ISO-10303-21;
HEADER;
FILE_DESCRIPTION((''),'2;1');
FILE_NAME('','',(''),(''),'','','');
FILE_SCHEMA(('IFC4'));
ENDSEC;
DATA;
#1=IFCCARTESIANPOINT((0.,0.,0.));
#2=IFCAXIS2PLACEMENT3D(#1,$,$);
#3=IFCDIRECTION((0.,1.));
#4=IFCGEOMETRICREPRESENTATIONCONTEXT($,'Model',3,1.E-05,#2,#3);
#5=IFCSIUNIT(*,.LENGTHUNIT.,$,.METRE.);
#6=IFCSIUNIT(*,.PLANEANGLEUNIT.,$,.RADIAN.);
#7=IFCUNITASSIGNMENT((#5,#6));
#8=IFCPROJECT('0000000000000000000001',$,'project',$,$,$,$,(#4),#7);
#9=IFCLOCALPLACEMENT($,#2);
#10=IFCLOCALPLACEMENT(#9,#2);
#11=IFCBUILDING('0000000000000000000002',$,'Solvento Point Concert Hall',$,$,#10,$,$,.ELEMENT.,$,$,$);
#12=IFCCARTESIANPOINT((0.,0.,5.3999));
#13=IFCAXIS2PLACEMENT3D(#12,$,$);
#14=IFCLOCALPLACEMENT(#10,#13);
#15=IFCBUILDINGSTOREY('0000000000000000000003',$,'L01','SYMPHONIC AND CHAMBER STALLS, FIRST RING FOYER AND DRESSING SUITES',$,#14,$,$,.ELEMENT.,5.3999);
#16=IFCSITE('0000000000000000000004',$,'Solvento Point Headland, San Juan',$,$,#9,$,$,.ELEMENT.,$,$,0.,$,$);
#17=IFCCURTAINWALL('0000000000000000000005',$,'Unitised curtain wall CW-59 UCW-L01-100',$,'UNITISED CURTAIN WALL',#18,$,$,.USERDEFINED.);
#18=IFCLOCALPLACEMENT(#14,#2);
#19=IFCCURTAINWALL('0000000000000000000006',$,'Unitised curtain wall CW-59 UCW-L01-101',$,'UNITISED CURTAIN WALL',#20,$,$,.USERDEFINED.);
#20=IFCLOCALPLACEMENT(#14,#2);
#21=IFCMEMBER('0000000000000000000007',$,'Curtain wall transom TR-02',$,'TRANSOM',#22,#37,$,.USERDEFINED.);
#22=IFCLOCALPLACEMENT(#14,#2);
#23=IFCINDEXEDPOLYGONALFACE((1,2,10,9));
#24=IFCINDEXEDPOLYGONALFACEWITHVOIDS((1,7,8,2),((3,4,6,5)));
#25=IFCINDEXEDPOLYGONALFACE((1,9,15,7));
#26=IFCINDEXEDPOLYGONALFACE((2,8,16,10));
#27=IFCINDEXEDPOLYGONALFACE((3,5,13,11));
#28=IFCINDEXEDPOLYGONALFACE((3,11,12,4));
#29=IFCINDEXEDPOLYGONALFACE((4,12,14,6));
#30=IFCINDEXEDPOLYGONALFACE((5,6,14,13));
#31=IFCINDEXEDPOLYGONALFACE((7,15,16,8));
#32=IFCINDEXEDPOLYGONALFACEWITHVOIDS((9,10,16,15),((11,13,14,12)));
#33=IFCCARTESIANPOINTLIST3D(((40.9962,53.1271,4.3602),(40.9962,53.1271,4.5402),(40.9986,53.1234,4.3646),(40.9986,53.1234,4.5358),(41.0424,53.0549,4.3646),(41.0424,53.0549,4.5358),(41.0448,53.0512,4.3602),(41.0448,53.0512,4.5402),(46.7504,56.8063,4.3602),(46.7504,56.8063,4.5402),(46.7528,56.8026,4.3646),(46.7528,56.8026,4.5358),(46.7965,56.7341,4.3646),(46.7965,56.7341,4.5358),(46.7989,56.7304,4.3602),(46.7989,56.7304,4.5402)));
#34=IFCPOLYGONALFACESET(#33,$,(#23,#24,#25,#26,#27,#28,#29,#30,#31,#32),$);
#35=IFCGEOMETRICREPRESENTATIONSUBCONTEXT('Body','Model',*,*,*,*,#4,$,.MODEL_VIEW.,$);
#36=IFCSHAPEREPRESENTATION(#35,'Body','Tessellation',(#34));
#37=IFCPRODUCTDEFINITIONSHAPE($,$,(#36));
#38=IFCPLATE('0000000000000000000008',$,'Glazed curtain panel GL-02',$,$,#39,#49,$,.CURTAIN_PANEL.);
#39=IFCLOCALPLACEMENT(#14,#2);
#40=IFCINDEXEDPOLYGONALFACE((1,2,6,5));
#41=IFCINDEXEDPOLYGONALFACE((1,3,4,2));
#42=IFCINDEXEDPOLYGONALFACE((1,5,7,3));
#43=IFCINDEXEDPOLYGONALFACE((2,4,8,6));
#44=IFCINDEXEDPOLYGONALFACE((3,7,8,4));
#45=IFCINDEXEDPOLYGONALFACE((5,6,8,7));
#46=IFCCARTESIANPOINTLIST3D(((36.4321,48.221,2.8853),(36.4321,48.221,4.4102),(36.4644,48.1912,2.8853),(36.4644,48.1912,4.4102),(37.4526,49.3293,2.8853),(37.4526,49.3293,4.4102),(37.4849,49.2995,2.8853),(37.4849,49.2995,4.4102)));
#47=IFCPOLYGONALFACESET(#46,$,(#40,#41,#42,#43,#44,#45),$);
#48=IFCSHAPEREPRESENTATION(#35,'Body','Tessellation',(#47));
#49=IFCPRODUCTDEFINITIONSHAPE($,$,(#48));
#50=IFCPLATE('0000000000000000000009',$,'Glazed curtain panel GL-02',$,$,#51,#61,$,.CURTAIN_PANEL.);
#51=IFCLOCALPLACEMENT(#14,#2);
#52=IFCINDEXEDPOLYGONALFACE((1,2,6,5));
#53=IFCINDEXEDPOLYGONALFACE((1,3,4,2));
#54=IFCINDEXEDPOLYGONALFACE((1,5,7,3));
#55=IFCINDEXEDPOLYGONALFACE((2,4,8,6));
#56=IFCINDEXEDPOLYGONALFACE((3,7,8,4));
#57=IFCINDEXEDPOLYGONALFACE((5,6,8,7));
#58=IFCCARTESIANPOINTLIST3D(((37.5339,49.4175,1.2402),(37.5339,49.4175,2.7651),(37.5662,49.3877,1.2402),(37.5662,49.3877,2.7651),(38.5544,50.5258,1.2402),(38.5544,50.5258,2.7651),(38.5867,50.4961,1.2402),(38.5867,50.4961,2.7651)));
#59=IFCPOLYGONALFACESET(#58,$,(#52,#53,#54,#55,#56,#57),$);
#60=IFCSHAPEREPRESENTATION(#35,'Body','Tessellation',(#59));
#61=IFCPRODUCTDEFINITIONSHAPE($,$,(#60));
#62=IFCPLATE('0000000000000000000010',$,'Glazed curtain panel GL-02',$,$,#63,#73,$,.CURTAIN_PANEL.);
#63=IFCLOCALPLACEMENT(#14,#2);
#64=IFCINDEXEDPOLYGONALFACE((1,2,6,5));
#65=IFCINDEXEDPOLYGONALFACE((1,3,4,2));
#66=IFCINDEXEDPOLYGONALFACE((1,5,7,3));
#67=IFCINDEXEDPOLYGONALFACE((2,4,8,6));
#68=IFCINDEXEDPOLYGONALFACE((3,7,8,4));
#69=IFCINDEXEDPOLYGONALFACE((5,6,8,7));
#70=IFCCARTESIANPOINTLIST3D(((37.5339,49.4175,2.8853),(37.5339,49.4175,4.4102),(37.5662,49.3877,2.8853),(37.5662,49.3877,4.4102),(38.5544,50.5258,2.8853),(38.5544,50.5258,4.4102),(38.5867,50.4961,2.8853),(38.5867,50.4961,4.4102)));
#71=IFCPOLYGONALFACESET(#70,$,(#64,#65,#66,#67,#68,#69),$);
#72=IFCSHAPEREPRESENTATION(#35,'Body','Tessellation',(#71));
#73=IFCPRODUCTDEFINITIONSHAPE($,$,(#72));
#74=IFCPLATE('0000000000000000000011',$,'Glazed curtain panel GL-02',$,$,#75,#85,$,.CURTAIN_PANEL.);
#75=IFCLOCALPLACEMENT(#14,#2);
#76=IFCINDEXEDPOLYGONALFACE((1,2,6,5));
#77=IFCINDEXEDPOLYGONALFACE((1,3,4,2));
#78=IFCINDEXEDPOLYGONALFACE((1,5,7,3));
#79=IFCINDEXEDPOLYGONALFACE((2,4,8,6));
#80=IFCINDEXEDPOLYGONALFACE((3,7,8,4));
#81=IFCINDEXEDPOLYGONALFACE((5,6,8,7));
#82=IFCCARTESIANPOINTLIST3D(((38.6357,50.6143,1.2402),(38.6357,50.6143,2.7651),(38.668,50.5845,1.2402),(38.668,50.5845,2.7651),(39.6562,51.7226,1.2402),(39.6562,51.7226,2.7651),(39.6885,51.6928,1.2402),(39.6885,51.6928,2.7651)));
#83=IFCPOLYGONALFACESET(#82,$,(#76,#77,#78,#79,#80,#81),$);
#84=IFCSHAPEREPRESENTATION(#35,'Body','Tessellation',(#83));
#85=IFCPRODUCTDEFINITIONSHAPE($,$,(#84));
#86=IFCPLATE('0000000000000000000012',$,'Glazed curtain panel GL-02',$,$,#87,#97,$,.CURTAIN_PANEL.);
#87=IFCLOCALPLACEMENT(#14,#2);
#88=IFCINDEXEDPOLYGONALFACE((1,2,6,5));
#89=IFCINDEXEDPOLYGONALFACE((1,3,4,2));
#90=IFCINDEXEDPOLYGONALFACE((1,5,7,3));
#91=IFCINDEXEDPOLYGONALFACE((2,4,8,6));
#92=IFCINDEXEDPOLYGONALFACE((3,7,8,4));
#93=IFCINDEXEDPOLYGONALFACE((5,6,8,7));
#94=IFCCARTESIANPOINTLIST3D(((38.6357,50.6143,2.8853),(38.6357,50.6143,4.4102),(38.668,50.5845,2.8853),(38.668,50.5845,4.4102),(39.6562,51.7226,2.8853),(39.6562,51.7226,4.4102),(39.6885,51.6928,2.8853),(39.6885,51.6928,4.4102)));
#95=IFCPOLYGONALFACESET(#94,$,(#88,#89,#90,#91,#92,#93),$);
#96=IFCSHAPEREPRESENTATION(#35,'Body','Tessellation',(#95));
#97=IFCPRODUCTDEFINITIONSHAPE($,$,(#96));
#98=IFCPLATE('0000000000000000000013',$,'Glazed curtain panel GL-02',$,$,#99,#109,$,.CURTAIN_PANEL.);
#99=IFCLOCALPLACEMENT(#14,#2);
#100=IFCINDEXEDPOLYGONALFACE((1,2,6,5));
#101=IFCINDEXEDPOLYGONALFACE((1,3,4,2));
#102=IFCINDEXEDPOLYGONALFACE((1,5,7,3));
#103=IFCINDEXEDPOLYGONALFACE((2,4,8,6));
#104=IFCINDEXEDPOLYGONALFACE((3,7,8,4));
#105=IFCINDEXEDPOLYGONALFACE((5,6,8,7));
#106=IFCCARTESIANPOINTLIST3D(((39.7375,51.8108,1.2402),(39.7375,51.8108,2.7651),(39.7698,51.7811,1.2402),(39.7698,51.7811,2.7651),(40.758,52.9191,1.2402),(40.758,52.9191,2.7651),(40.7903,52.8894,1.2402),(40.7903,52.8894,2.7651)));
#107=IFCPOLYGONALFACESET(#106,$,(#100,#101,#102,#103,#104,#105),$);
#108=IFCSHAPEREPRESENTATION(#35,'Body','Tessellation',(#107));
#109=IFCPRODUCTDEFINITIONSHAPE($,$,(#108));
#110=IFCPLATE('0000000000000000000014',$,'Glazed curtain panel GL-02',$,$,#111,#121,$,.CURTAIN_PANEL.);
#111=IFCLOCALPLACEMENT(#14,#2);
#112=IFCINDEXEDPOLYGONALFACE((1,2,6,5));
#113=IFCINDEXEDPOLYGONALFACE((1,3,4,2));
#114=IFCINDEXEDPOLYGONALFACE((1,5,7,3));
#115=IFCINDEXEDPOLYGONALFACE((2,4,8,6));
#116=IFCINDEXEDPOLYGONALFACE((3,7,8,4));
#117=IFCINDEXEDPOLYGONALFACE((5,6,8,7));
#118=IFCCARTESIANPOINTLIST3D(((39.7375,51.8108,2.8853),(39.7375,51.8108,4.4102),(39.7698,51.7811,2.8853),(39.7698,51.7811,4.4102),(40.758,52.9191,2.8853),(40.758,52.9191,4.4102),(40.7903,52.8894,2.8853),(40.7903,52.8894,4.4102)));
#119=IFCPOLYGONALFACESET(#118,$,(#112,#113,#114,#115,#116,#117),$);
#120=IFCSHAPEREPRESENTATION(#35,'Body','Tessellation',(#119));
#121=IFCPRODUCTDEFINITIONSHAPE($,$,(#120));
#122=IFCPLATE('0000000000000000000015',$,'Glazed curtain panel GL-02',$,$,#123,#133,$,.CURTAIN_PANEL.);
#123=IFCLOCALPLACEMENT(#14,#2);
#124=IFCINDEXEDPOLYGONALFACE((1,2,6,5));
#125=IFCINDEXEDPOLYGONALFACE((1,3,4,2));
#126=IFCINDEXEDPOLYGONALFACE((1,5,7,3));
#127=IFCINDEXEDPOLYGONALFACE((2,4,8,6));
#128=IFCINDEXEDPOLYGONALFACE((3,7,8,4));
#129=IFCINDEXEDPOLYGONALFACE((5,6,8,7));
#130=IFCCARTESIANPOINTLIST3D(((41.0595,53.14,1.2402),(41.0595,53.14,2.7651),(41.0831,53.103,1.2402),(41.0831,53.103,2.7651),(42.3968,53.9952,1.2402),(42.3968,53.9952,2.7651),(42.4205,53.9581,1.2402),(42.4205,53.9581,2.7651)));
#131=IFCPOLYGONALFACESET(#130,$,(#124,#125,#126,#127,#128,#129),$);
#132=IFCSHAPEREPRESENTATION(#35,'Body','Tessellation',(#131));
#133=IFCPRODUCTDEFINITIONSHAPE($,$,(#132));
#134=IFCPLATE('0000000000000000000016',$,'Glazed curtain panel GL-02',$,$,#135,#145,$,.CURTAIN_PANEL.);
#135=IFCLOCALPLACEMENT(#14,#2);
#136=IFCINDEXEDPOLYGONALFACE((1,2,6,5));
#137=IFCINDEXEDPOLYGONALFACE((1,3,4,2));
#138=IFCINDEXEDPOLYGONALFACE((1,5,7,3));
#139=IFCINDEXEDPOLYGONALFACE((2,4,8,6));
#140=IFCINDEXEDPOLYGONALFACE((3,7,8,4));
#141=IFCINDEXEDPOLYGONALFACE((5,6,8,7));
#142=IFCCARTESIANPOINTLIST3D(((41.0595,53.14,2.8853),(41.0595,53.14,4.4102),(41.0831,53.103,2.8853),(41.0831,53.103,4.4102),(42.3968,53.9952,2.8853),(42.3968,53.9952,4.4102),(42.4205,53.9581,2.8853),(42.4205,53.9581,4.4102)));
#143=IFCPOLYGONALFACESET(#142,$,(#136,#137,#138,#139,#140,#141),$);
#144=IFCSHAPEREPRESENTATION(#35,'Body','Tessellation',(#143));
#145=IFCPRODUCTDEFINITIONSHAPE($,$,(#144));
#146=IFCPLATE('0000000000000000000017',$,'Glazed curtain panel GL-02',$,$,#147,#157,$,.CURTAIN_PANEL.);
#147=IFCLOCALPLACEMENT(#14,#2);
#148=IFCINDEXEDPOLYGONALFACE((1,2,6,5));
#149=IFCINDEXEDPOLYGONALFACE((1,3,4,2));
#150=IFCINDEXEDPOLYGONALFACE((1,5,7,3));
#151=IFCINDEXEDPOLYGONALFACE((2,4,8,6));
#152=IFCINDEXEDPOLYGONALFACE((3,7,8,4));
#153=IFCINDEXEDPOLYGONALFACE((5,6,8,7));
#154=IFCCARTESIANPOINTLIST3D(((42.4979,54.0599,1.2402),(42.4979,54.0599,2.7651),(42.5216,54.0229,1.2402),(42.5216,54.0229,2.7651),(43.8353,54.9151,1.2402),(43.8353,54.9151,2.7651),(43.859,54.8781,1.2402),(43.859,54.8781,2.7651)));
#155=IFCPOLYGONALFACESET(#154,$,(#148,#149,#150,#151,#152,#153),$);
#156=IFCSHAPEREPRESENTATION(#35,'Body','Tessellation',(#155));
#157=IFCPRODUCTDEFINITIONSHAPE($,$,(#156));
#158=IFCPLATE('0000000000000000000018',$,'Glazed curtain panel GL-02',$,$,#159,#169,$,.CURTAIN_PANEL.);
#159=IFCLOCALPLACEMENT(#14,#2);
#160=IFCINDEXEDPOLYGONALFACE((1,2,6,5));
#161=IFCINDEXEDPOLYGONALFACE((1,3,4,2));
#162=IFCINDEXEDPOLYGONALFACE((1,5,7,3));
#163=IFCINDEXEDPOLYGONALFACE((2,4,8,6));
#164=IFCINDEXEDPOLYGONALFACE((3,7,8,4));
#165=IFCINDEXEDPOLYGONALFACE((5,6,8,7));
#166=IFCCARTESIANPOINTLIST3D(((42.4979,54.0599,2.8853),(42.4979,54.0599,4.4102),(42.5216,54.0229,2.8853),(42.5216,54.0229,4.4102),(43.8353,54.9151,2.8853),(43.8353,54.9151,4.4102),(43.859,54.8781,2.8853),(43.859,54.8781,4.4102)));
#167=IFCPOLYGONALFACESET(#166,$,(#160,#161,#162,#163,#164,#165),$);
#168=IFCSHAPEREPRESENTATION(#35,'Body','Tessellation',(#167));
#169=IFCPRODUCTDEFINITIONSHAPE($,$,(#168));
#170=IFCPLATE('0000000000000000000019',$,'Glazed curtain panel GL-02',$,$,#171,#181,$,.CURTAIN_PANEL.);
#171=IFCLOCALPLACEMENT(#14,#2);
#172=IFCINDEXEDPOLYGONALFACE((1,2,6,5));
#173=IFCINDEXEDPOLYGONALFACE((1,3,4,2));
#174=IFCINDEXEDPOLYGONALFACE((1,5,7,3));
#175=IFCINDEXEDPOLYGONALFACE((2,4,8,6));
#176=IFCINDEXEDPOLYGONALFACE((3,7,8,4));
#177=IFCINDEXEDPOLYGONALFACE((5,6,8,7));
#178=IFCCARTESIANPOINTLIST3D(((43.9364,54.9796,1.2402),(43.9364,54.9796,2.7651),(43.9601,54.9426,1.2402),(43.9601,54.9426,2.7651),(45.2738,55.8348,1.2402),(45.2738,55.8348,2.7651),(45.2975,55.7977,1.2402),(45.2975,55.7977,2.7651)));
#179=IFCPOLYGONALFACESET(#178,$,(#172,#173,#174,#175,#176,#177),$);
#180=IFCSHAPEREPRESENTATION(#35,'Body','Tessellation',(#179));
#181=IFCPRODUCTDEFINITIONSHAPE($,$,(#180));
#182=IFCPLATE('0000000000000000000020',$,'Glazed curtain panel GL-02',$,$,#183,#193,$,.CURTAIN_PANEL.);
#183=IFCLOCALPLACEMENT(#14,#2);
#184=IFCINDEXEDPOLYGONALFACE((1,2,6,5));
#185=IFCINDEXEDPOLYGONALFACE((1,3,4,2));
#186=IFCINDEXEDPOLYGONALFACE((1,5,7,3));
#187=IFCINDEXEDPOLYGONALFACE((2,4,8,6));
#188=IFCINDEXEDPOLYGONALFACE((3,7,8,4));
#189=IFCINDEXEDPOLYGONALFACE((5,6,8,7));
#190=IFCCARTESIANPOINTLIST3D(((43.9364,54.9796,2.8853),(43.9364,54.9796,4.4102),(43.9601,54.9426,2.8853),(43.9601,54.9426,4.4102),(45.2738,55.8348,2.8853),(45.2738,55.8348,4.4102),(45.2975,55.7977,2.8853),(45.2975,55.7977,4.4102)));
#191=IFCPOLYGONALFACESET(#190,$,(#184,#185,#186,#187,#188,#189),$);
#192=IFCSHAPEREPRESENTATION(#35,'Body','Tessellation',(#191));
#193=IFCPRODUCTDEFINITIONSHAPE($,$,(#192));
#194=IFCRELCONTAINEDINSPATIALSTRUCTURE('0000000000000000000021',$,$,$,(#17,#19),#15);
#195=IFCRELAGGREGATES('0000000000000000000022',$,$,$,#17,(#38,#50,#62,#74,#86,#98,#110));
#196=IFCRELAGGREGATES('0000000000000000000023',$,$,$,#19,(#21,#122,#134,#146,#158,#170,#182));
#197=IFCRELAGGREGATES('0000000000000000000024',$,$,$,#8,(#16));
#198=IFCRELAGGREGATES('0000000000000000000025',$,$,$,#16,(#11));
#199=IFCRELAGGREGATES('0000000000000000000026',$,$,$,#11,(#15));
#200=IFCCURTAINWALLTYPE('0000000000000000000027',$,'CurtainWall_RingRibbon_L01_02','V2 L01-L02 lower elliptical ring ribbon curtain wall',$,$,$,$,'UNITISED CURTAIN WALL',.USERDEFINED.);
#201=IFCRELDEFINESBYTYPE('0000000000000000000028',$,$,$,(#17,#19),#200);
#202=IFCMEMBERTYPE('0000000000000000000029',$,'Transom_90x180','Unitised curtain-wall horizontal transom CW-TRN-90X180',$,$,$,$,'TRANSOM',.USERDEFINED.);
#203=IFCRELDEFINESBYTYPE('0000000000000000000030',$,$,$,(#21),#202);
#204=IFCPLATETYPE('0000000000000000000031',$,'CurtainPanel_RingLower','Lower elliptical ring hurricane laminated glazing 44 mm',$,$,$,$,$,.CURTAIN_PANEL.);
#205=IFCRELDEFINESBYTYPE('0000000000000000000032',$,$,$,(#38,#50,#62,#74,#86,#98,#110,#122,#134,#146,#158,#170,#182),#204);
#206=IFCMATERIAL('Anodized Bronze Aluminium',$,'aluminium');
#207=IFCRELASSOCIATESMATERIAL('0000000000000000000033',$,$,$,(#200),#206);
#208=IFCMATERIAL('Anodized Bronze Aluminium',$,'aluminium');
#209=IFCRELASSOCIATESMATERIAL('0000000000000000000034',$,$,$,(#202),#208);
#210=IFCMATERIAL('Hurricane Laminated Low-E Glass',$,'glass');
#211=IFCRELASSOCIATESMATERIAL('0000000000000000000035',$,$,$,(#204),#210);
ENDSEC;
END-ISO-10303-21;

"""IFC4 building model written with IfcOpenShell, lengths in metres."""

from ifc_helpers import new_model, si_unit, direction, frame, origin, origin_2d, place, context, subcontext, project, spatial, rectangle, hollow_rectangle, extrude, material, material_profile, profile_set, type_object, element, aggregate, save


model = new_model("IFC4")

# Units and contexts
model_context = context("Model", 3, precision=1e-05, world=origin(), true_north=direction((0.0, 1.0)))
body_context = subcontext(model_context, "Body", "Model", "MODEL_VIEW")
ifc_project = project(units=[si_unit("LENGTHUNIT", "METRE"), si_unit("PLANEANGLEUNIT", "RADIAN")], contexts=[model_context])

# Site, building, storey
site_placement = place(None, origin())
site = spatial("IfcSite", under=ifc_project, at=site_placement, Name="Solvento Point Headland, San Juan", CompositionType="ELEMENT", RefElevation=0.0)
building_placement = place(site_placement, origin())
building = spatial("IfcBuilding", under=site, at=building_placement, Name="Solvento Point Concert Hall", CompositionType="ELEMENT")
storey_placement = place(building_placement, frame((0.0, 0.0, 5.3999)))
storey = spatial("IfcBuildingStorey", under=building, at=storey_placement, Name="L01", Description="SYMPHONIC AND CHAMBER STALLS, FIRST RING FOYER AND DRESSING SUITES", CompositionType="ELEMENT", Elevation=5.3999)

# Curtain walls, member
ifc_material_1 = material(Name="Anodized Bronze Aluminium", Category="aluminium")
curtain_wall_type = type_object("IfcCurtainWallType", Name="CurtainWall_RingRibbon_L01_02", Description="V2 L01-L02 lower elliptical ring ribbon curtain wall", ElementType="UNITISED CURTAIN WALL", PredefinedType="USERDEFINED", material=ifc_material_1)
curtain_wall_1_placement = place(storey_placement, origin())
curtain_wall_1 = element("IfcCurtainWall", 1, at=curtain_wall_1_placement, inside=storey, type_object=curtain_wall_type, Name="Unitised curtain wall CW-59 UCW-L01-100", ObjectType="UNITISED CURTAIN WALL", PredefinedType="USERDEFINED")
curtain_wall_2_placement = place(storey_placement, origin())
curtain_wall_2 = element("IfcCurtainWall", 2, at=curtain_wall_2_placement, inside=storey, type_object=curtain_wall_type, Name="Unitised curtain wall CW-59 UCW-L01-101", ObjectType="UNITISED CURTAIN WALL", PredefinedType="USERDEFINED")
ifc_material_2 = material(Name="Anodized Bronze Aluminium", Category="aluminium")
ifc_material_profile_1 = material_profile(ifc_material_2, hollow_rectangle(XDim=0.0901, YDim=0.1799, WallThickness=0.0044, at=origin_2d()), Name="CW-TRN-90X180")
ifc_profile_set_1 = profile_set([ifc_material_profile_1], Name="Anodized Bronze Aluminium")
member_type_1 = type_object("IfcMemberType", Name="Transom_90x180", Description="Unitised curtain-wall horizontal transom CW-TRN-90X180", ElementType="TRANSOM", PredefinedType="USERDEFINED", material=ifc_profile_set_1)
member_1_placement = place(storey_placement, frame((41.0205, 53.0891, 4.4502), z_axis=(0.842501, 0.538695, 0.0), x_axis=(-0.538695, 0.842501, 0.0)))
member_1 = element("IfcMember", 3, at=member_1_placement, type_object=member_type_1, Name="Curtain wall transom TR-02", ObjectType="TRANSOM", PredefinedType="USERDEFINED", context=body_context, shape_type="SweptSolid", body=[
    extrude(hollow_rectangle(XDim=0.0901, YDim=0.1799, WallThickness=0.0044, at=origin_2d()), origin(), (0.0, 0.0, 1.0), 6.8298),
])

# Plates
ifc_material_3 = material(Name="Hurricane Laminated Low-E Glass", Category="glass")
plate_type = type_object("IfcPlateType", Name="CurtainPanel_RingLower", Description="Lower elliptical ring hurricane laminated glazing 44 mm", PredefinedType="CURTAIN_PANEL", material=ifc_material_3)
plate_1_placement = place(storey_placement, frame((36.9585, 48.7603, 2.8853), z_axis=(0.0, 0.0, 1.0), x_axis=(0.677365, 0.735647, 0.0)))
plate_1 = element("IfcPlate", 4, at=plate_1_placement, type_object=plate_type, Name="Glazed curtain panel GL-02", PredefinedType="CURTAIN_PANEL", context=body_context, shape_type="SweptSolid", body=[
    extrude(rectangle(XDim=1.5066, YDim=0.0439, at=origin_2d()), origin(), (0.0, 0.0, 1.0), 1.5249),
])
plate_2_placement = place(storey_placement, frame((38.0603, 49.9568, 1.2402), z_axis=(0.0, 0.0, 1.0), x_axis=(0.677365, 0.735647, 0.0)))
plate_2 = element("IfcPlate", 5, at=plate_2_placement, type_object=plate_type, Name="Glazed curtain panel GL-02", PredefinedType="CURTAIN_PANEL", context=body_context, shape_type="SweptSolid", body=[
    extrude(rectangle(XDim=1.5066, YDim=0.0439, at=origin_2d()), origin(), (0.0, 0.0, 1.0), 1.5249),
])
plate_3_placement = place(storey_placement, frame((38.0603, 49.9568, 2.8853), z_axis=(0.0, 0.0, 1.0), x_axis=(0.677365, 0.735647, 0.0)))
plate_3 = element("IfcPlate", 6, at=plate_3_placement, type_object=plate_type, Name="Glazed curtain panel GL-02", PredefinedType="CURTAIN_PANEL", context=body_context, shape_type="SweptSolid", body=[
    extrude(rectangle(XDim=1.5066, YDim=0.0439, at=origin_2d()), origin(), (0.0, 0.0, 1.0), 1.5249),
])
plate_4_placement = place(storey_placement, frame((39.1621, 51.1536, 1.2402), z_axis=(0.0, 0.0, 1.0), x_axis=(0.677365, 0.735647, 0.0)))
plate_4 = element("IfcPlate", 7, at=plate_4_placement, type_object=plate_type, Name="Glazed curtain panel GL-02", PredefinedType="CURTAIN_PANEL", context=body_context, shape_type="SweptSolid", body=[
    extrude(rectangle(XDim=1.5066, YDim=0.0439, at=origin_2d()), origin(), (0.0, 0.0, 1.0), 1.5249),
])
plate_5_placement = place(storey_placement, frame((39.1621, 51.1536, 2.8853), z_axis=(0.0, 0.0, 1.0), x_axis=(0.677365, 0.735647, 0.0)))
plate_5 = element("IfcPlate", 8, at=plate_5_placement, type_object=plate_type, Name="Glazed curtain panel GL-02", PredefinedType="CURTAIN_PANEL", context=body_context, shape_type="SweptSolid", body=[
    extrude(rectangle(XDim=1.5066, YDim=0.0439, at=origin_2d()), origin(), (0.0, 0.0, 1.0), 1.5249),
])
plate_6_placement = place(storey_placement, frame((40.2639, 52.3501, 1.2402), z_axis=(0.0, 0.0, 1.0), x_axis=(0.677365, 0.735647, 0.0)))
plate_6 = element("IfcPlate", 9, at=plate_6_placement, type_object=plate_type, Name="Glazed curtain panel GL-02", PredefinedType="CURTAIN_PANEL", context=body_context, shape_type="SweptSolid", body=[
    extrude(rectangle(XDim=1.5066, YDim=0.0439, at=origin_2d()), origin(), (0.0, 0.0, 1.0), 1.5249),
])
plate_7_placement = place(storey_placement, frame((40.2639, 52.3501, 2.8853), z_axis=(0.0, 0.0, 1.0), x_axis=(0.677365, 0.735647, 0.0)))
plate_7 = element("IfcPlate", 10, at=plate_7_placement, type_object=plate_type, Name="Glazed curtain panel GL-02", PredefinedType="CURTAIN_PANEL", context=body_context, shape_type="SweptSolid", body=[
    extrude(rectangle(XDim=1.5066, YDim=0.0439, at=origin_2d()), origin(), (0.0, 0.0, 1.0), 1.5249),
])
aggregate(curtain_wall_1, [plate_1, plate_2, plate_3, plate_4, plate_5, plate_6, plate_7])
plate_8_placement = place(storey_placement, frame((41.74, 53.5491, 1.2402), z_axis=(0.0, 0.0, 1.0), x_axis=(0.84249, 0.538712, 0.0)))
plate_8 = element("IfcPlate", 11, at=plate_8_placement, type_object=plate_type, Name="Glazed curtain panel GL-02", PredefinedType="CURTAIN_PANEL", context=body_context, shape_type="SweptSolid", body=[
    extrude(rectangle(XDim=1.5874, YDim=0.0439, at=origin_2d()), origin(), (0.0, 0.0, 1.0), 1.5249),
])
plate_9_placement = place(storey_placement, frame((41.74, 53.5491, 2.8853), z_axis=(0.0, 0.0, 1.0), x_axis=(0.84249, 0.538712, 0.0)))
plate_9 = element("IfcPlate", 12, at=plate_9_placement, type_object=plate_type, Name="Glazed curtain panel GL-02", PredefinedType="CURTAIN_PANEL", context=body_context, shape_type="SweptSolid", body=[
    extrude(rectangle(XDim=1.5874, YDim=0.0439, at=origin_2d()), origin(), (0.0, 0.0, 1.0), 1.5249),
])
plate_10_placement = place(storey_placement, frame((43.1785, 54.469, 1.2402), z_axis=(0.0, 0.0, 1.0), x_axis=(0.84249, 0.538712, 0.0)))
plate_10 = element("IfcPlate", 13, at=plate_10_placement, type_object=plate_type, Name="Glazed curtain panel GL-02", PredefinedType="CURTAIN_PANEL", context=body_context, shape_type="SweptSolid", body=[
    extrude(rectangle(XDim=1.5874, YDim=0.0439, at=origin_2d()), origin(), (0.0, 0.0, 1.0), 1.5249),
])
plate_11_placement = place(storey_placement, frame((43.1785, 54.469, 2.8853), z_axis=(0.0, 0.0, 1.0), x_axis=(0.84249, 0.538712, 0.0)))
plate_11 = element("IfcPlate", 14, at=plate_11_placement, type_object=plate_type, Name="Glazed curtain panel GL-02", PredefinedType="CURTAIN_PANEL", context=body_context, shape_type="SweptSolid", body=[
    extrude(rectangle(XDim=1.5874, YDim=0.0439, at=origin_2d()), origin(), (0.0, 0.0, 1.0), 1.5249),
])
plate_12_placement = place(storey_placement, frame((44.6169, 55.3887, 1.2402), z_axis=(0.0, 0.0, 1.0), x_axis=(0.84249, 0.538712, 0.0)))
plate_12 = element("IfcPlate", 15, at=plate_12_placement, type_object=plate_type, Name="Glazed curtain panel GL-02", PredefinedType="CURTAIN_PANEL", context=body_context, shape_type="SweptSolid", body=[
    extrude(rectangle(XDim=1.5874, YDim=0.0439, at=origin_2d()), origin(), (0.0, 0.0, 1.0), 1.5249),
])
plate_13_placement = place(storey_placement, frame((44.6169, 55.3887, 2.8853), z_axis=(0.0, 0.0, 1.0), x_axis=(0.84249, 0.538712, 0.0)))
plate_13 = element("IfcPlate", 16, at=plate_13_placement, type_object=plate_type, Name="Glazed curtain panel GL-02", PredefinedType="CURTAIN_PANEL", context=body_context, shape_type="SweptSolid", body=[
    extrude(rectangle(XDim=1.5874, YDim=0.0439, at=origin_2d()), origin(), (0.0, 0.0, 1.0), 1.5249),
])
aggregate(curtain_wall_2, [member_1, plate_8, plate_9, plate_10, plate_11, plate_12, plate_13])

save(model, "model.ifc")
